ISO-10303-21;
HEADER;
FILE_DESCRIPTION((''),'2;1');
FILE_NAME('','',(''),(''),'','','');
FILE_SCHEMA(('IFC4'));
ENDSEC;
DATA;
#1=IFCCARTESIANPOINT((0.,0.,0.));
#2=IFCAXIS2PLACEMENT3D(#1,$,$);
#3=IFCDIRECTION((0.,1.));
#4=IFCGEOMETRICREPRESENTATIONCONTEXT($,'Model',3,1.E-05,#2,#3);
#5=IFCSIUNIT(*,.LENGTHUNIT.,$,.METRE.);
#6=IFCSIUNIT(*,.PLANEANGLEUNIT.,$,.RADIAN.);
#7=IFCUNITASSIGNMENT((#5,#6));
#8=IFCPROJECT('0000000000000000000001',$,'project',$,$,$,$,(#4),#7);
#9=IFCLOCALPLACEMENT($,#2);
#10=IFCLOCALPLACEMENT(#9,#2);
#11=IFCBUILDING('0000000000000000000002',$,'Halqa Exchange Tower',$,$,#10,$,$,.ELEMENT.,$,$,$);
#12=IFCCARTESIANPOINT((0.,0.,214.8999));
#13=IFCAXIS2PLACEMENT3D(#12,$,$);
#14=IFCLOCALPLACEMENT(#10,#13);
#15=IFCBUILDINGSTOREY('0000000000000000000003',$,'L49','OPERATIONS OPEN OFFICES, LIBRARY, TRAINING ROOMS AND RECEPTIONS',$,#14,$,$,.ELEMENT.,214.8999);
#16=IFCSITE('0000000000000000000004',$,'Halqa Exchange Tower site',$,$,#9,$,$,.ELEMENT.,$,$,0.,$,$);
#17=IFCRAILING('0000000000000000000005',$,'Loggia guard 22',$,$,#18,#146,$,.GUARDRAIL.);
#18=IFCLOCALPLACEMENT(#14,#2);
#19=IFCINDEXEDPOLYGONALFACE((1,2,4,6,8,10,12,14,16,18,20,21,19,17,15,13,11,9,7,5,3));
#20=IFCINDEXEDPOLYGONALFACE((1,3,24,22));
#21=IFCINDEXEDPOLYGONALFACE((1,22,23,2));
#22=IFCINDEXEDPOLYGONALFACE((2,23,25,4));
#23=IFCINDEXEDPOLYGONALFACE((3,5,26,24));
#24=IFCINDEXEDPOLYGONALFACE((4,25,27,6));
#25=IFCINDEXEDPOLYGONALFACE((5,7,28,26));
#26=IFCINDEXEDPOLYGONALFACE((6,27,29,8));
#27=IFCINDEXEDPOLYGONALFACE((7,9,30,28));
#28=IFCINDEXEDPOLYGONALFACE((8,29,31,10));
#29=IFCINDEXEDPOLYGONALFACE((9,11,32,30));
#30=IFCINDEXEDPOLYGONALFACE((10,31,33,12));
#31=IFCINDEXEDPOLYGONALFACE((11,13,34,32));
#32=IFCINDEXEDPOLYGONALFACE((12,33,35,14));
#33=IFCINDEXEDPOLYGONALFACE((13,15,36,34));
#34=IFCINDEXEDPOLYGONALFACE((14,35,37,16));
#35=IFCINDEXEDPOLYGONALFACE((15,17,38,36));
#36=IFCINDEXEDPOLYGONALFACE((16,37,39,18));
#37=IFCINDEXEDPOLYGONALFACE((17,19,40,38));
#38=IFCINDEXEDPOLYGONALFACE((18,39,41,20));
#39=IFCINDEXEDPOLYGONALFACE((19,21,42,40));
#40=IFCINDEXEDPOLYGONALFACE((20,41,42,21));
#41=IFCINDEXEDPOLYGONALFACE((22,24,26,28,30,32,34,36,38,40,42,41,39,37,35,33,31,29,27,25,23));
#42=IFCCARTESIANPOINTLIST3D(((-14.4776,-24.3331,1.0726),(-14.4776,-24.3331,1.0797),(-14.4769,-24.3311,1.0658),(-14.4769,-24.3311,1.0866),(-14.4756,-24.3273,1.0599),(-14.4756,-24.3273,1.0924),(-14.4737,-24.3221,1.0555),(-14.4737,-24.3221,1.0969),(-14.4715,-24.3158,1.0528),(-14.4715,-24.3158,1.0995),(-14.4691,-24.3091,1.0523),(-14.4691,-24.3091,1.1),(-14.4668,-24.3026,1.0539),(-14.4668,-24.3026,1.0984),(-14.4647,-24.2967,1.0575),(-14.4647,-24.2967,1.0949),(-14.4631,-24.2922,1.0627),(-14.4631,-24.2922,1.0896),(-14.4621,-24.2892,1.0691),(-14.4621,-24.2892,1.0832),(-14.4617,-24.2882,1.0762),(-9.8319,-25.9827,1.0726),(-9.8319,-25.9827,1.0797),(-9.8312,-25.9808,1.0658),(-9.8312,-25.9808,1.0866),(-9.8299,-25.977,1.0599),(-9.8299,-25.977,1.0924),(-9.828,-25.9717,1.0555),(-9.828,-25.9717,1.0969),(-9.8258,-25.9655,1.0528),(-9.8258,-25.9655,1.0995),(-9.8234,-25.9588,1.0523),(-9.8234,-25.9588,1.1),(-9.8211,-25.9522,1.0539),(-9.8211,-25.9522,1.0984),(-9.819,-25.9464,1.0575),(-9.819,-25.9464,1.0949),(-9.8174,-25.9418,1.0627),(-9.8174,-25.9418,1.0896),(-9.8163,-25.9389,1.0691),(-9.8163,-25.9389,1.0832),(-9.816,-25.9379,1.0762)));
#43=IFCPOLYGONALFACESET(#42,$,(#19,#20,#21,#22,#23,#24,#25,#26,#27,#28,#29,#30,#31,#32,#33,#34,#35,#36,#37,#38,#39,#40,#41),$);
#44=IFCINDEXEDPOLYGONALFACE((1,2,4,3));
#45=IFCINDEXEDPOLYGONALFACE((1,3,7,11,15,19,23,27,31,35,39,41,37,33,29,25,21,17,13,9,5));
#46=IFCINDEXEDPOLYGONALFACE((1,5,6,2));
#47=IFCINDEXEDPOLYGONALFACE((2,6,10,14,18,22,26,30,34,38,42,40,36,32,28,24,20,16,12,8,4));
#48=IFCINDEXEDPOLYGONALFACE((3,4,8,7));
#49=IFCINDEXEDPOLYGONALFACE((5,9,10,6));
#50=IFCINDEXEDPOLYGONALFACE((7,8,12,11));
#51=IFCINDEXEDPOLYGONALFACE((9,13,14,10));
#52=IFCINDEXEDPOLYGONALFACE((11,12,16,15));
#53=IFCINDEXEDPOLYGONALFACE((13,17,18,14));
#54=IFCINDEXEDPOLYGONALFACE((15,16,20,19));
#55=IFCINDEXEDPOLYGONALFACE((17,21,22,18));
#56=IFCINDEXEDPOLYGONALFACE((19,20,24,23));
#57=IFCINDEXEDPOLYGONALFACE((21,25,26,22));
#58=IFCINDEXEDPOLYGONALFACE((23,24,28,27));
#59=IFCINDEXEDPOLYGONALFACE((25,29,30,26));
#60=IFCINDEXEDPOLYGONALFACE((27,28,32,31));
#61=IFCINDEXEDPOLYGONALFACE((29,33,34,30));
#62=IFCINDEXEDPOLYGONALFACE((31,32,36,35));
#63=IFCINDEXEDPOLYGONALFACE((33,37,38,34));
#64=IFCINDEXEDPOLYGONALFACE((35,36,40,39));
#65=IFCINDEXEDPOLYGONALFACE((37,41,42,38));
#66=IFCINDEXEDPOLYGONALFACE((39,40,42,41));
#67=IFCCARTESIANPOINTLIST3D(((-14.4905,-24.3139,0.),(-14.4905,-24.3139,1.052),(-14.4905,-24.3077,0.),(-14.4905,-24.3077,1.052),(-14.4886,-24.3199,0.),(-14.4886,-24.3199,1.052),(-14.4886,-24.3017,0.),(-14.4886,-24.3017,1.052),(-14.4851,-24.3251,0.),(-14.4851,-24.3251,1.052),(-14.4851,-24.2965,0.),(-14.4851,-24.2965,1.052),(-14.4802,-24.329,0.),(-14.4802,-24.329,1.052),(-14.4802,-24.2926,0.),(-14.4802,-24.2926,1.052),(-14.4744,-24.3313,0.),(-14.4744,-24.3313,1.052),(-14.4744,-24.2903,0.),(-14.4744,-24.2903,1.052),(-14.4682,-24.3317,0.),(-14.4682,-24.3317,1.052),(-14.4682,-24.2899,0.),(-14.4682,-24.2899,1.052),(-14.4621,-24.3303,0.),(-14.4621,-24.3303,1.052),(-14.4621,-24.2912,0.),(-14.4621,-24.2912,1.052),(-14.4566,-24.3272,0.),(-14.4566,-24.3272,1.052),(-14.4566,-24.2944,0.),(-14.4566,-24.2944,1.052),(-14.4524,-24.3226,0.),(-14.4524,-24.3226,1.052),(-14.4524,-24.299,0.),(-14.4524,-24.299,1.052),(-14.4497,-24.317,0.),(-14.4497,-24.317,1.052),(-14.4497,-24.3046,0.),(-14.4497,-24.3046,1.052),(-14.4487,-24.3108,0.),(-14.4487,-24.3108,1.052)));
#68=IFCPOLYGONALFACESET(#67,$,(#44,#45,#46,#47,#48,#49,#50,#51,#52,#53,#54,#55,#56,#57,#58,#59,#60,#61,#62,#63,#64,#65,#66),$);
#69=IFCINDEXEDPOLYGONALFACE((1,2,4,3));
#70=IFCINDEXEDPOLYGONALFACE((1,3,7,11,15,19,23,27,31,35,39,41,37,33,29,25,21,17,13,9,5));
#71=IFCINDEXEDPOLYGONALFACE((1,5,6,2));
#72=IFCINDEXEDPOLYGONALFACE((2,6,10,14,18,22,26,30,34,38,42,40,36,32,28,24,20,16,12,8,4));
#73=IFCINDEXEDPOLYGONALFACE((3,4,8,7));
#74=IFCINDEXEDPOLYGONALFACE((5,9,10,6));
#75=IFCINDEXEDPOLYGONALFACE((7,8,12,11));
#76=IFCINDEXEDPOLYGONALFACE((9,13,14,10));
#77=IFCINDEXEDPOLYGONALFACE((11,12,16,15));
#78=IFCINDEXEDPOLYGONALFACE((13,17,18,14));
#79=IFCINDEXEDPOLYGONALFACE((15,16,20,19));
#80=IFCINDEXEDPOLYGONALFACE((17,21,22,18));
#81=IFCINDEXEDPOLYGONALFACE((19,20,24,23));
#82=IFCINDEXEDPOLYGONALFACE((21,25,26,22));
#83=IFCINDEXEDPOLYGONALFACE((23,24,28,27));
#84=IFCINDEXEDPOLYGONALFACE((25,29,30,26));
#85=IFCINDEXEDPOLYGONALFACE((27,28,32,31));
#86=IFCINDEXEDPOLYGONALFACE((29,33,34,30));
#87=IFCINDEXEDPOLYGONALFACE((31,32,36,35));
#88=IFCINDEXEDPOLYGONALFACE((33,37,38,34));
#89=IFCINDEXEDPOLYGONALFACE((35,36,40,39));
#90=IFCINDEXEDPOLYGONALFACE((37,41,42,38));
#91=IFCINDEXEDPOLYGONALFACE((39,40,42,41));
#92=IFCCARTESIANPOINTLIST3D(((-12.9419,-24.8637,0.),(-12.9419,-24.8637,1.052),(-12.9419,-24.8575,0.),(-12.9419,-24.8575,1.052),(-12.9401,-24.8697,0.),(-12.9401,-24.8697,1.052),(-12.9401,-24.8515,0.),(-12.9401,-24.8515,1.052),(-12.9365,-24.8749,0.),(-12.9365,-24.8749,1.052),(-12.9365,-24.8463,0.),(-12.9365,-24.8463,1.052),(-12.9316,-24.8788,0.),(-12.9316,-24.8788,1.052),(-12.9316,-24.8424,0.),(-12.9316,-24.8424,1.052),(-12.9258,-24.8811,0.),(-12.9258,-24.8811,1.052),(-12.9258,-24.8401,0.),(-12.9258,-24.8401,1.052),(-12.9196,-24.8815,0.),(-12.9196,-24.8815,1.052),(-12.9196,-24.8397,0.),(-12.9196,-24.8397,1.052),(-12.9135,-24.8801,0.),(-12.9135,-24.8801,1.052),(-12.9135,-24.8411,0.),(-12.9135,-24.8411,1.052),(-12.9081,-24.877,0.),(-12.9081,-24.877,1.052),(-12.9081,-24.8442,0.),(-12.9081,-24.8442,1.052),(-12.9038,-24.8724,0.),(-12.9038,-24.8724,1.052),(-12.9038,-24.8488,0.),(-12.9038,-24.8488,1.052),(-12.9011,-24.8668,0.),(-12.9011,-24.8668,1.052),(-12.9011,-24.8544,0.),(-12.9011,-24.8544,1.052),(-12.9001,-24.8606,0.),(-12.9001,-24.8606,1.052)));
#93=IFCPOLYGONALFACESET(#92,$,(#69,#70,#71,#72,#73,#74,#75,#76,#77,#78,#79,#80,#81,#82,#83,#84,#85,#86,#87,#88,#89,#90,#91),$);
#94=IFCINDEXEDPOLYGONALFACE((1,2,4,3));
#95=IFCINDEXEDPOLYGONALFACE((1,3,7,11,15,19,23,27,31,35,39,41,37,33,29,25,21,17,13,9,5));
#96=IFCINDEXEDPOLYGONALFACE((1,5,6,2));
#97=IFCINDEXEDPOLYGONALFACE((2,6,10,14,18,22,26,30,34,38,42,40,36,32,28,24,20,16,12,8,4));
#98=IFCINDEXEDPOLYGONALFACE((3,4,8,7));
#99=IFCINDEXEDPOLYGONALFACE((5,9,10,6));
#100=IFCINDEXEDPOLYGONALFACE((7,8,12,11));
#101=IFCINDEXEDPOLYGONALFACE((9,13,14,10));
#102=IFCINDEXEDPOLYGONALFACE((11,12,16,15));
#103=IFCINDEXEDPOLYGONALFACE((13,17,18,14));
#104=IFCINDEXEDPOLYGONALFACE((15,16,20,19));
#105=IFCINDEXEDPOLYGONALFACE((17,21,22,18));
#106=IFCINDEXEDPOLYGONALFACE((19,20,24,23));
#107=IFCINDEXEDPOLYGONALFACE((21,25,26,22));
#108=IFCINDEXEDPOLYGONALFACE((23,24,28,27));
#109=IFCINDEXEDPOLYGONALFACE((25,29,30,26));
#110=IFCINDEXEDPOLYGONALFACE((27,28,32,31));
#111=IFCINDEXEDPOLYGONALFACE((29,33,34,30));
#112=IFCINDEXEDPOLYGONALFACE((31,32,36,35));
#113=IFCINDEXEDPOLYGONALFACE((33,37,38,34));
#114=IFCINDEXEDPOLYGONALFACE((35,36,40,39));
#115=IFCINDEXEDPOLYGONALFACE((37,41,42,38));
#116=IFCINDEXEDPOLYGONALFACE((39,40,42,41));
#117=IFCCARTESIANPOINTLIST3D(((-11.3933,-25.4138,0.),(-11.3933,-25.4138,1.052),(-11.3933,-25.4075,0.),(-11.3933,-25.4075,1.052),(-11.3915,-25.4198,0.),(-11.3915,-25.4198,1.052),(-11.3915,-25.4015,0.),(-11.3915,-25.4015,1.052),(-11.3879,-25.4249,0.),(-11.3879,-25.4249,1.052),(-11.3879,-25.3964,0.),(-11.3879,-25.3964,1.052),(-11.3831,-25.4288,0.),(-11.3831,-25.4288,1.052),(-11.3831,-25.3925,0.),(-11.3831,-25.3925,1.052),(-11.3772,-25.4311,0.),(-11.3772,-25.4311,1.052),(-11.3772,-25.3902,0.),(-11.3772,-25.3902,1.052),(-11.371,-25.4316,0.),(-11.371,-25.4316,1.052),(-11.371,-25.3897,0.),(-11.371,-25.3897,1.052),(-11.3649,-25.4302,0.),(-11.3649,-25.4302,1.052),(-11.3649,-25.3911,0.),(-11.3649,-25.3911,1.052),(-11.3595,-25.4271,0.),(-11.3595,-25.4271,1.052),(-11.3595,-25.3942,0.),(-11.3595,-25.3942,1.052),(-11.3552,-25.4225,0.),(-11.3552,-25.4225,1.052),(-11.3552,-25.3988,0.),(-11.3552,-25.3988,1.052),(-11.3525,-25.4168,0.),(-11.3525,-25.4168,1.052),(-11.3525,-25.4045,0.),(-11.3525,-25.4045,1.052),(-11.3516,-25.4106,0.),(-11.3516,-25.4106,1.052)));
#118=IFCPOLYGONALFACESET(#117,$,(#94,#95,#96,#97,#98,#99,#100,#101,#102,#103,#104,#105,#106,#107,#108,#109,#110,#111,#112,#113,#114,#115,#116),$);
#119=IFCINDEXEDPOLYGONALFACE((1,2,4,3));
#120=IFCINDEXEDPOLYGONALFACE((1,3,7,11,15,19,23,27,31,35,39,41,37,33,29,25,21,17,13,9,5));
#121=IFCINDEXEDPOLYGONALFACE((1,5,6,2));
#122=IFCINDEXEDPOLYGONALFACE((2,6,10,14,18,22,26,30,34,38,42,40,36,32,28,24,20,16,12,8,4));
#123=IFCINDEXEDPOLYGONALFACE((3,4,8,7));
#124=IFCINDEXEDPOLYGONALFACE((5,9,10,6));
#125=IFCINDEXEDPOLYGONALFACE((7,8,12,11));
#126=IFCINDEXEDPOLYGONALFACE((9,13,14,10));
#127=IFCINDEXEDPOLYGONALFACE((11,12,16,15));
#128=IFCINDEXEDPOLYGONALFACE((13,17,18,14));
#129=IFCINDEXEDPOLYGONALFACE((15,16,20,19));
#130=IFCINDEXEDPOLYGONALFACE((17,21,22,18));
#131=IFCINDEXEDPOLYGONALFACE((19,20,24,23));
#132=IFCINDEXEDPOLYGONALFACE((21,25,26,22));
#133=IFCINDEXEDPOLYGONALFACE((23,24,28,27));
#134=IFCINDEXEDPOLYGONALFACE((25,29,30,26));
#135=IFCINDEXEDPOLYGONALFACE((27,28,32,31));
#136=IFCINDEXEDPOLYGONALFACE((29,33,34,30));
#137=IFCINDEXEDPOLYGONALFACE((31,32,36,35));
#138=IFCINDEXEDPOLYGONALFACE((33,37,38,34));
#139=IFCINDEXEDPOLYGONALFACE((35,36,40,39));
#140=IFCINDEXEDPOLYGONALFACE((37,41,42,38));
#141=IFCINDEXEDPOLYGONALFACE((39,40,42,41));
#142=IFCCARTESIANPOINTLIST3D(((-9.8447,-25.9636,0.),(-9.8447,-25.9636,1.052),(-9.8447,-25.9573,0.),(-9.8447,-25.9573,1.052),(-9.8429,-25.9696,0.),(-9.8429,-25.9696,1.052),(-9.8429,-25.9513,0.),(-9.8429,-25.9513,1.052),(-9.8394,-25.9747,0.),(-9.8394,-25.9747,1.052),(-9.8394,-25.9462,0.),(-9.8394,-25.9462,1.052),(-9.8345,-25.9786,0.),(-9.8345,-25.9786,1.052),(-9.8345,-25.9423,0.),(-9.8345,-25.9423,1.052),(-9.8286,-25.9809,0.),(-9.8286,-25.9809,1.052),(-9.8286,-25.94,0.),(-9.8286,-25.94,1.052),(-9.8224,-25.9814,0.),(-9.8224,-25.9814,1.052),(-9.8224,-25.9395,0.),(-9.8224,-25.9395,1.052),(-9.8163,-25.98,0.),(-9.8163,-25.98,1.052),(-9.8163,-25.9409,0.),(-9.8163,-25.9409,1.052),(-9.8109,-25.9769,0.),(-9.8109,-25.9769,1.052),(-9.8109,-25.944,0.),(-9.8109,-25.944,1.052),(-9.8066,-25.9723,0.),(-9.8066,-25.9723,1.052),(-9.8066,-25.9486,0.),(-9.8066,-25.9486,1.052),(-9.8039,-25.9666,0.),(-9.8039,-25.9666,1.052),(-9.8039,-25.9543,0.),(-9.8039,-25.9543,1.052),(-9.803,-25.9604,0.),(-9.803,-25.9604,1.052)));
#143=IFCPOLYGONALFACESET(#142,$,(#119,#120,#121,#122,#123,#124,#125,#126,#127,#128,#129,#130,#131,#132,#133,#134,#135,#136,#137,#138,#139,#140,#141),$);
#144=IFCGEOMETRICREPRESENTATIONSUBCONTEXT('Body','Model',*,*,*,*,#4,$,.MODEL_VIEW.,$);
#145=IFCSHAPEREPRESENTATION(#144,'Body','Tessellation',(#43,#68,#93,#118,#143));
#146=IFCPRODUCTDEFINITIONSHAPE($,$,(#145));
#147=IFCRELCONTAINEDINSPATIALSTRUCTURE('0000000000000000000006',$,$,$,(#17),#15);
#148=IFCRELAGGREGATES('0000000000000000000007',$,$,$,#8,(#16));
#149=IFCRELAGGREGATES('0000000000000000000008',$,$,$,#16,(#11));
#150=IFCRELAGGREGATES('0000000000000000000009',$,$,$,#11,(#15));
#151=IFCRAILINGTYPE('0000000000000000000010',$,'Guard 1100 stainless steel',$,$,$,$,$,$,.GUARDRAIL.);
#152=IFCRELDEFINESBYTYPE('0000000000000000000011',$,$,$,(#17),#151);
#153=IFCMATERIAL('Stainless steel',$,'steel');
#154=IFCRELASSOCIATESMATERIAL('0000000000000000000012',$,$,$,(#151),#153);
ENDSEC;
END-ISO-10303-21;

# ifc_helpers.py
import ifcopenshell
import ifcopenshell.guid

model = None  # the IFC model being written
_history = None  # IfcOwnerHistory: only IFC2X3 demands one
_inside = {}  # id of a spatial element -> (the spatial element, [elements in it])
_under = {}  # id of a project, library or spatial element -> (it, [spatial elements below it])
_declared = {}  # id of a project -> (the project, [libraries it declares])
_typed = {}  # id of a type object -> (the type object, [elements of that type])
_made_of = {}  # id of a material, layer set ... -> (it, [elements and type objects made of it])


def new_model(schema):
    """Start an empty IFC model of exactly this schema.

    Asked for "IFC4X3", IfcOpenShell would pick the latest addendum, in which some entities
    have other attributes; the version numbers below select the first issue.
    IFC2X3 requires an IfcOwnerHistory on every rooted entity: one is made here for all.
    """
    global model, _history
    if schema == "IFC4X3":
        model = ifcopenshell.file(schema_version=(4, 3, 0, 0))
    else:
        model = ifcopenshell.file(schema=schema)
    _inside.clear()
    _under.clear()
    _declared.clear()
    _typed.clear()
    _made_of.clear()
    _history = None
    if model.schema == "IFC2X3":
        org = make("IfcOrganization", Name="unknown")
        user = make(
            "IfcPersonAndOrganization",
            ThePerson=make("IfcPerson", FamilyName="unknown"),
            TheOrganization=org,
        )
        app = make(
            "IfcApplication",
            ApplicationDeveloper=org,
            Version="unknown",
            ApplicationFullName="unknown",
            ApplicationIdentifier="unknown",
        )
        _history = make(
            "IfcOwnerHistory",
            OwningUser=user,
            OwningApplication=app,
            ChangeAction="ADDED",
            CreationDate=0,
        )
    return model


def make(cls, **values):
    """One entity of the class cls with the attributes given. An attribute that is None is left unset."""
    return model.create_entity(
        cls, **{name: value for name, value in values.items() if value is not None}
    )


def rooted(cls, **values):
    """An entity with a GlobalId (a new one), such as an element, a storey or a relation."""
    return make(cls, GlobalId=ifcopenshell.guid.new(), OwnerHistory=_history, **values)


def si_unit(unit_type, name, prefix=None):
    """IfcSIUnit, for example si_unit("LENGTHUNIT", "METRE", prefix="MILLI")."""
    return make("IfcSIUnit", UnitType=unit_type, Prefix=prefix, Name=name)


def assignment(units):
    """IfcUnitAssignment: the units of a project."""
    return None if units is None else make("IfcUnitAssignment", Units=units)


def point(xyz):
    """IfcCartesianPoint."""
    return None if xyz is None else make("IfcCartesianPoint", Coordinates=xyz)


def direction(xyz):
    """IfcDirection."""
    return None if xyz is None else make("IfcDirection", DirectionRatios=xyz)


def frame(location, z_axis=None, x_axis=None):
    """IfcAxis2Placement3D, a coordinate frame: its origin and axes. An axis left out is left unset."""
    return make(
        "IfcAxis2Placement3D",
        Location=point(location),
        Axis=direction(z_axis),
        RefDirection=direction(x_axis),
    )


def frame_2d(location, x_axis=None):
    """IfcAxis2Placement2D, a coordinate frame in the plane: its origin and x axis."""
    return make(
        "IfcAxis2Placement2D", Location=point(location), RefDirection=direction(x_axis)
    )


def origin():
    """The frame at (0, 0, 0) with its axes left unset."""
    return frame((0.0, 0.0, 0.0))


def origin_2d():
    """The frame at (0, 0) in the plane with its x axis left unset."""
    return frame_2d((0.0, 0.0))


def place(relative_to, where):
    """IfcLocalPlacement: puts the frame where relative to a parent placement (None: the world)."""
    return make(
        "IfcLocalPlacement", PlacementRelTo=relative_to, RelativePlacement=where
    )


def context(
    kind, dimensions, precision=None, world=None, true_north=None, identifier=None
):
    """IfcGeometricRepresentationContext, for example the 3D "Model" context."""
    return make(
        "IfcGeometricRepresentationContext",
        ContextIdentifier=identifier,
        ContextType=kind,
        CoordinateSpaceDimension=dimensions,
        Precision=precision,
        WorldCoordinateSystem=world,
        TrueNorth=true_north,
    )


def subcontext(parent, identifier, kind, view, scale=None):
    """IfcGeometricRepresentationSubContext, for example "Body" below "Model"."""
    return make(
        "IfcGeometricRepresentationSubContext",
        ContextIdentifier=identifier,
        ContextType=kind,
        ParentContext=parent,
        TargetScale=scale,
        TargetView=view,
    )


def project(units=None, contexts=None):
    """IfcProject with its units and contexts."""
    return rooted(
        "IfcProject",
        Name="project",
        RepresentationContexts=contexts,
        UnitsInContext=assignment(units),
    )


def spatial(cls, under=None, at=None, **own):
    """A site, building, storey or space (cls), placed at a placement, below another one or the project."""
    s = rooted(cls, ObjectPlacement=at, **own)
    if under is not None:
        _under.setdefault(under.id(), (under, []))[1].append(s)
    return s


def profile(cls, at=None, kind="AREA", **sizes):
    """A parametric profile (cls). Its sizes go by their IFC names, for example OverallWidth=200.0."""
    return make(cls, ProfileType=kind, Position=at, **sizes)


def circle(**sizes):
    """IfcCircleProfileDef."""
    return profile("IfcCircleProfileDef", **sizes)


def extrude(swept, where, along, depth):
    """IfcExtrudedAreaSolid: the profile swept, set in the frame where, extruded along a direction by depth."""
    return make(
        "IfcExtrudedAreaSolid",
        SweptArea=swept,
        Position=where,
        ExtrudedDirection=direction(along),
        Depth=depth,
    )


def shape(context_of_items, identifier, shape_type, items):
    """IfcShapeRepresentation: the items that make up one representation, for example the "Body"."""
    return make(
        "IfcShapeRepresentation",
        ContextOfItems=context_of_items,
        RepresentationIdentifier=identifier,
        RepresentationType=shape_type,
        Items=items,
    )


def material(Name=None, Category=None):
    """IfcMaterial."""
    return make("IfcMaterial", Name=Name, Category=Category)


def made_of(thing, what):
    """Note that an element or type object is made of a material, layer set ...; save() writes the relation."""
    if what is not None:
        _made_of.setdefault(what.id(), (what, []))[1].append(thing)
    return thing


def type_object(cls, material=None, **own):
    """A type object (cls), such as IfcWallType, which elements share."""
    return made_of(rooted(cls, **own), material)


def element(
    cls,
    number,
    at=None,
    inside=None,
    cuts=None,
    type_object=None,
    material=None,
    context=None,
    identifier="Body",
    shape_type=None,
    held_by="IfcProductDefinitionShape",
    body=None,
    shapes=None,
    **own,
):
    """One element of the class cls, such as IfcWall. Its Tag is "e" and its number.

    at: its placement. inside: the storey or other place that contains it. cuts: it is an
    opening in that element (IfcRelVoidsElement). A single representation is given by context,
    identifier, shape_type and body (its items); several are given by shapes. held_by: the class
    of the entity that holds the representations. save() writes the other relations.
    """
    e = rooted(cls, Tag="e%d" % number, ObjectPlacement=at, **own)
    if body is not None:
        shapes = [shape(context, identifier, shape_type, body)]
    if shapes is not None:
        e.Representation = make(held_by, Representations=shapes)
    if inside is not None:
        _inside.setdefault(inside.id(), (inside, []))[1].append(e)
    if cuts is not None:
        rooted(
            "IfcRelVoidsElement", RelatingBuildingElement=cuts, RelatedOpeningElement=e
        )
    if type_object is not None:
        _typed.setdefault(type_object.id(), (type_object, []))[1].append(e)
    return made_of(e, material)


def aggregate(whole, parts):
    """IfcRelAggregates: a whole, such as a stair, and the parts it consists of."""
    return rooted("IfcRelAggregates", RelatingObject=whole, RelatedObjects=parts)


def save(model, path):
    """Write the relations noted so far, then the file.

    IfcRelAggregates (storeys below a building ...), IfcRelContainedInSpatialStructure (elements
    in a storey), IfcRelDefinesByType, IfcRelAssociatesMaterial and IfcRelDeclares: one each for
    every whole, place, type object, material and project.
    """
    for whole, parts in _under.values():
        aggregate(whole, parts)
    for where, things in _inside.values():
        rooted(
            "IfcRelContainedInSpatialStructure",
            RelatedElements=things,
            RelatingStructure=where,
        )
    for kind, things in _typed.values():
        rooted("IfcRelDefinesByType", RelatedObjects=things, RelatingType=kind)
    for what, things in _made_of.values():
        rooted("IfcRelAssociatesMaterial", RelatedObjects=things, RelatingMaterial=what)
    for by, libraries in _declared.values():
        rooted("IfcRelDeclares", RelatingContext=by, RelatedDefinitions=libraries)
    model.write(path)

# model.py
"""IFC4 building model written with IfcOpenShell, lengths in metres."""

from ifc_helpers import new_model, si_unit, direction, frame, origin, origin_2d, place, context, subcontext, project, spatial, circle, extrude, material, type_object, element, save


model = new_model("IFC4")

# Units and contexts
model_context = context("Model", 3, precision=1e-05, world=origin(), true_north=direction((0.0, 1.0)))
body_context = subcontext(model_context, "Body", "Model", "MODEL_VIEW")
ifc_project = project(units=[si_unit("LENGTHUNIT", "METRE"), si_unit("PLANEANGLEUNIT", "RADIAN")], contexts=[model_context])

# Site, building, storey
site_placement = place(None, origin())
site = spatial("IfcSite", under=ifc_project, at=site_placement, Name="Halqa Exchange Tower site", CompositionType="ELEMENT", RefElevation=0.0)
building_placement = place(site_placement, origin())
building = spatial("IfcBuilding", under=site, at=building_placement, Name="Halqa Exchange Tower", CompositionType="ELEMENT")
storey_placement = place(building_placement, frame((0.0, 0.0, 214.8999)))
storey = spatial("IfcBuildingStorey", under=building, at=storey_placement, Name="L49", Description="OPERATIONS OPEN OFFICES, LIBRARY, TRAINING ROOMS AND RECEPTIONS", CompositionType="ELEMENT", Elevation=214.8999)

# Railing
ifc_material_1 = material(Name="Stainless steel", Category="steel")
railing_type = type_object("IfcRailingType", Name="Guard 1100 stainless steel", PredefinedType="GUARDRAIL", material=ifc_material_1)
railing_1_placement = place(storey_placement, frame((-14.4697, -24.3108, 0.0)))
element("IfcRailing", 1, at=railing_1_placement, inside=storey, type_object=railing_type, Name="Loggia guard 22", PredefinedType="GUARDRAIL", context=body_context, shape_type="SweptSolid", body=[
    extrude(circle(Radius=0.0239, at=origin_2d()), frame((0.0, 0.0, 1.0762), z_axis=(0.942353, -0.33462, 0.0), x_axis=(0.33462, 0.942353, 0.0)), (0.0, 0.0, 1.0), 4.9299),
    extrude(circle(Radius=0.021, at=origin_2d()), origin(), (0.0, 0.0, 1.0), 1.052),
    extrude(circle(Radius=0.021, at=origin_2d()), frame((1.5486, -0.5498, 0.0)), (0.0, 0.0, 1.0), 1.052),
    extrude(circle(Radius=0.021, at=origin_2d()), frame((3.0972, -1.0999, 0.0)), (0.0, 0.0, 1.0), 1.052),
    extrude(circle(Radius=0.021, at=origin_2d()), frame((4.6458, -1.6497, 0.0)), (0.0, 0.0, 1.0), 1.052),
])

save(model, "model.ifc")
